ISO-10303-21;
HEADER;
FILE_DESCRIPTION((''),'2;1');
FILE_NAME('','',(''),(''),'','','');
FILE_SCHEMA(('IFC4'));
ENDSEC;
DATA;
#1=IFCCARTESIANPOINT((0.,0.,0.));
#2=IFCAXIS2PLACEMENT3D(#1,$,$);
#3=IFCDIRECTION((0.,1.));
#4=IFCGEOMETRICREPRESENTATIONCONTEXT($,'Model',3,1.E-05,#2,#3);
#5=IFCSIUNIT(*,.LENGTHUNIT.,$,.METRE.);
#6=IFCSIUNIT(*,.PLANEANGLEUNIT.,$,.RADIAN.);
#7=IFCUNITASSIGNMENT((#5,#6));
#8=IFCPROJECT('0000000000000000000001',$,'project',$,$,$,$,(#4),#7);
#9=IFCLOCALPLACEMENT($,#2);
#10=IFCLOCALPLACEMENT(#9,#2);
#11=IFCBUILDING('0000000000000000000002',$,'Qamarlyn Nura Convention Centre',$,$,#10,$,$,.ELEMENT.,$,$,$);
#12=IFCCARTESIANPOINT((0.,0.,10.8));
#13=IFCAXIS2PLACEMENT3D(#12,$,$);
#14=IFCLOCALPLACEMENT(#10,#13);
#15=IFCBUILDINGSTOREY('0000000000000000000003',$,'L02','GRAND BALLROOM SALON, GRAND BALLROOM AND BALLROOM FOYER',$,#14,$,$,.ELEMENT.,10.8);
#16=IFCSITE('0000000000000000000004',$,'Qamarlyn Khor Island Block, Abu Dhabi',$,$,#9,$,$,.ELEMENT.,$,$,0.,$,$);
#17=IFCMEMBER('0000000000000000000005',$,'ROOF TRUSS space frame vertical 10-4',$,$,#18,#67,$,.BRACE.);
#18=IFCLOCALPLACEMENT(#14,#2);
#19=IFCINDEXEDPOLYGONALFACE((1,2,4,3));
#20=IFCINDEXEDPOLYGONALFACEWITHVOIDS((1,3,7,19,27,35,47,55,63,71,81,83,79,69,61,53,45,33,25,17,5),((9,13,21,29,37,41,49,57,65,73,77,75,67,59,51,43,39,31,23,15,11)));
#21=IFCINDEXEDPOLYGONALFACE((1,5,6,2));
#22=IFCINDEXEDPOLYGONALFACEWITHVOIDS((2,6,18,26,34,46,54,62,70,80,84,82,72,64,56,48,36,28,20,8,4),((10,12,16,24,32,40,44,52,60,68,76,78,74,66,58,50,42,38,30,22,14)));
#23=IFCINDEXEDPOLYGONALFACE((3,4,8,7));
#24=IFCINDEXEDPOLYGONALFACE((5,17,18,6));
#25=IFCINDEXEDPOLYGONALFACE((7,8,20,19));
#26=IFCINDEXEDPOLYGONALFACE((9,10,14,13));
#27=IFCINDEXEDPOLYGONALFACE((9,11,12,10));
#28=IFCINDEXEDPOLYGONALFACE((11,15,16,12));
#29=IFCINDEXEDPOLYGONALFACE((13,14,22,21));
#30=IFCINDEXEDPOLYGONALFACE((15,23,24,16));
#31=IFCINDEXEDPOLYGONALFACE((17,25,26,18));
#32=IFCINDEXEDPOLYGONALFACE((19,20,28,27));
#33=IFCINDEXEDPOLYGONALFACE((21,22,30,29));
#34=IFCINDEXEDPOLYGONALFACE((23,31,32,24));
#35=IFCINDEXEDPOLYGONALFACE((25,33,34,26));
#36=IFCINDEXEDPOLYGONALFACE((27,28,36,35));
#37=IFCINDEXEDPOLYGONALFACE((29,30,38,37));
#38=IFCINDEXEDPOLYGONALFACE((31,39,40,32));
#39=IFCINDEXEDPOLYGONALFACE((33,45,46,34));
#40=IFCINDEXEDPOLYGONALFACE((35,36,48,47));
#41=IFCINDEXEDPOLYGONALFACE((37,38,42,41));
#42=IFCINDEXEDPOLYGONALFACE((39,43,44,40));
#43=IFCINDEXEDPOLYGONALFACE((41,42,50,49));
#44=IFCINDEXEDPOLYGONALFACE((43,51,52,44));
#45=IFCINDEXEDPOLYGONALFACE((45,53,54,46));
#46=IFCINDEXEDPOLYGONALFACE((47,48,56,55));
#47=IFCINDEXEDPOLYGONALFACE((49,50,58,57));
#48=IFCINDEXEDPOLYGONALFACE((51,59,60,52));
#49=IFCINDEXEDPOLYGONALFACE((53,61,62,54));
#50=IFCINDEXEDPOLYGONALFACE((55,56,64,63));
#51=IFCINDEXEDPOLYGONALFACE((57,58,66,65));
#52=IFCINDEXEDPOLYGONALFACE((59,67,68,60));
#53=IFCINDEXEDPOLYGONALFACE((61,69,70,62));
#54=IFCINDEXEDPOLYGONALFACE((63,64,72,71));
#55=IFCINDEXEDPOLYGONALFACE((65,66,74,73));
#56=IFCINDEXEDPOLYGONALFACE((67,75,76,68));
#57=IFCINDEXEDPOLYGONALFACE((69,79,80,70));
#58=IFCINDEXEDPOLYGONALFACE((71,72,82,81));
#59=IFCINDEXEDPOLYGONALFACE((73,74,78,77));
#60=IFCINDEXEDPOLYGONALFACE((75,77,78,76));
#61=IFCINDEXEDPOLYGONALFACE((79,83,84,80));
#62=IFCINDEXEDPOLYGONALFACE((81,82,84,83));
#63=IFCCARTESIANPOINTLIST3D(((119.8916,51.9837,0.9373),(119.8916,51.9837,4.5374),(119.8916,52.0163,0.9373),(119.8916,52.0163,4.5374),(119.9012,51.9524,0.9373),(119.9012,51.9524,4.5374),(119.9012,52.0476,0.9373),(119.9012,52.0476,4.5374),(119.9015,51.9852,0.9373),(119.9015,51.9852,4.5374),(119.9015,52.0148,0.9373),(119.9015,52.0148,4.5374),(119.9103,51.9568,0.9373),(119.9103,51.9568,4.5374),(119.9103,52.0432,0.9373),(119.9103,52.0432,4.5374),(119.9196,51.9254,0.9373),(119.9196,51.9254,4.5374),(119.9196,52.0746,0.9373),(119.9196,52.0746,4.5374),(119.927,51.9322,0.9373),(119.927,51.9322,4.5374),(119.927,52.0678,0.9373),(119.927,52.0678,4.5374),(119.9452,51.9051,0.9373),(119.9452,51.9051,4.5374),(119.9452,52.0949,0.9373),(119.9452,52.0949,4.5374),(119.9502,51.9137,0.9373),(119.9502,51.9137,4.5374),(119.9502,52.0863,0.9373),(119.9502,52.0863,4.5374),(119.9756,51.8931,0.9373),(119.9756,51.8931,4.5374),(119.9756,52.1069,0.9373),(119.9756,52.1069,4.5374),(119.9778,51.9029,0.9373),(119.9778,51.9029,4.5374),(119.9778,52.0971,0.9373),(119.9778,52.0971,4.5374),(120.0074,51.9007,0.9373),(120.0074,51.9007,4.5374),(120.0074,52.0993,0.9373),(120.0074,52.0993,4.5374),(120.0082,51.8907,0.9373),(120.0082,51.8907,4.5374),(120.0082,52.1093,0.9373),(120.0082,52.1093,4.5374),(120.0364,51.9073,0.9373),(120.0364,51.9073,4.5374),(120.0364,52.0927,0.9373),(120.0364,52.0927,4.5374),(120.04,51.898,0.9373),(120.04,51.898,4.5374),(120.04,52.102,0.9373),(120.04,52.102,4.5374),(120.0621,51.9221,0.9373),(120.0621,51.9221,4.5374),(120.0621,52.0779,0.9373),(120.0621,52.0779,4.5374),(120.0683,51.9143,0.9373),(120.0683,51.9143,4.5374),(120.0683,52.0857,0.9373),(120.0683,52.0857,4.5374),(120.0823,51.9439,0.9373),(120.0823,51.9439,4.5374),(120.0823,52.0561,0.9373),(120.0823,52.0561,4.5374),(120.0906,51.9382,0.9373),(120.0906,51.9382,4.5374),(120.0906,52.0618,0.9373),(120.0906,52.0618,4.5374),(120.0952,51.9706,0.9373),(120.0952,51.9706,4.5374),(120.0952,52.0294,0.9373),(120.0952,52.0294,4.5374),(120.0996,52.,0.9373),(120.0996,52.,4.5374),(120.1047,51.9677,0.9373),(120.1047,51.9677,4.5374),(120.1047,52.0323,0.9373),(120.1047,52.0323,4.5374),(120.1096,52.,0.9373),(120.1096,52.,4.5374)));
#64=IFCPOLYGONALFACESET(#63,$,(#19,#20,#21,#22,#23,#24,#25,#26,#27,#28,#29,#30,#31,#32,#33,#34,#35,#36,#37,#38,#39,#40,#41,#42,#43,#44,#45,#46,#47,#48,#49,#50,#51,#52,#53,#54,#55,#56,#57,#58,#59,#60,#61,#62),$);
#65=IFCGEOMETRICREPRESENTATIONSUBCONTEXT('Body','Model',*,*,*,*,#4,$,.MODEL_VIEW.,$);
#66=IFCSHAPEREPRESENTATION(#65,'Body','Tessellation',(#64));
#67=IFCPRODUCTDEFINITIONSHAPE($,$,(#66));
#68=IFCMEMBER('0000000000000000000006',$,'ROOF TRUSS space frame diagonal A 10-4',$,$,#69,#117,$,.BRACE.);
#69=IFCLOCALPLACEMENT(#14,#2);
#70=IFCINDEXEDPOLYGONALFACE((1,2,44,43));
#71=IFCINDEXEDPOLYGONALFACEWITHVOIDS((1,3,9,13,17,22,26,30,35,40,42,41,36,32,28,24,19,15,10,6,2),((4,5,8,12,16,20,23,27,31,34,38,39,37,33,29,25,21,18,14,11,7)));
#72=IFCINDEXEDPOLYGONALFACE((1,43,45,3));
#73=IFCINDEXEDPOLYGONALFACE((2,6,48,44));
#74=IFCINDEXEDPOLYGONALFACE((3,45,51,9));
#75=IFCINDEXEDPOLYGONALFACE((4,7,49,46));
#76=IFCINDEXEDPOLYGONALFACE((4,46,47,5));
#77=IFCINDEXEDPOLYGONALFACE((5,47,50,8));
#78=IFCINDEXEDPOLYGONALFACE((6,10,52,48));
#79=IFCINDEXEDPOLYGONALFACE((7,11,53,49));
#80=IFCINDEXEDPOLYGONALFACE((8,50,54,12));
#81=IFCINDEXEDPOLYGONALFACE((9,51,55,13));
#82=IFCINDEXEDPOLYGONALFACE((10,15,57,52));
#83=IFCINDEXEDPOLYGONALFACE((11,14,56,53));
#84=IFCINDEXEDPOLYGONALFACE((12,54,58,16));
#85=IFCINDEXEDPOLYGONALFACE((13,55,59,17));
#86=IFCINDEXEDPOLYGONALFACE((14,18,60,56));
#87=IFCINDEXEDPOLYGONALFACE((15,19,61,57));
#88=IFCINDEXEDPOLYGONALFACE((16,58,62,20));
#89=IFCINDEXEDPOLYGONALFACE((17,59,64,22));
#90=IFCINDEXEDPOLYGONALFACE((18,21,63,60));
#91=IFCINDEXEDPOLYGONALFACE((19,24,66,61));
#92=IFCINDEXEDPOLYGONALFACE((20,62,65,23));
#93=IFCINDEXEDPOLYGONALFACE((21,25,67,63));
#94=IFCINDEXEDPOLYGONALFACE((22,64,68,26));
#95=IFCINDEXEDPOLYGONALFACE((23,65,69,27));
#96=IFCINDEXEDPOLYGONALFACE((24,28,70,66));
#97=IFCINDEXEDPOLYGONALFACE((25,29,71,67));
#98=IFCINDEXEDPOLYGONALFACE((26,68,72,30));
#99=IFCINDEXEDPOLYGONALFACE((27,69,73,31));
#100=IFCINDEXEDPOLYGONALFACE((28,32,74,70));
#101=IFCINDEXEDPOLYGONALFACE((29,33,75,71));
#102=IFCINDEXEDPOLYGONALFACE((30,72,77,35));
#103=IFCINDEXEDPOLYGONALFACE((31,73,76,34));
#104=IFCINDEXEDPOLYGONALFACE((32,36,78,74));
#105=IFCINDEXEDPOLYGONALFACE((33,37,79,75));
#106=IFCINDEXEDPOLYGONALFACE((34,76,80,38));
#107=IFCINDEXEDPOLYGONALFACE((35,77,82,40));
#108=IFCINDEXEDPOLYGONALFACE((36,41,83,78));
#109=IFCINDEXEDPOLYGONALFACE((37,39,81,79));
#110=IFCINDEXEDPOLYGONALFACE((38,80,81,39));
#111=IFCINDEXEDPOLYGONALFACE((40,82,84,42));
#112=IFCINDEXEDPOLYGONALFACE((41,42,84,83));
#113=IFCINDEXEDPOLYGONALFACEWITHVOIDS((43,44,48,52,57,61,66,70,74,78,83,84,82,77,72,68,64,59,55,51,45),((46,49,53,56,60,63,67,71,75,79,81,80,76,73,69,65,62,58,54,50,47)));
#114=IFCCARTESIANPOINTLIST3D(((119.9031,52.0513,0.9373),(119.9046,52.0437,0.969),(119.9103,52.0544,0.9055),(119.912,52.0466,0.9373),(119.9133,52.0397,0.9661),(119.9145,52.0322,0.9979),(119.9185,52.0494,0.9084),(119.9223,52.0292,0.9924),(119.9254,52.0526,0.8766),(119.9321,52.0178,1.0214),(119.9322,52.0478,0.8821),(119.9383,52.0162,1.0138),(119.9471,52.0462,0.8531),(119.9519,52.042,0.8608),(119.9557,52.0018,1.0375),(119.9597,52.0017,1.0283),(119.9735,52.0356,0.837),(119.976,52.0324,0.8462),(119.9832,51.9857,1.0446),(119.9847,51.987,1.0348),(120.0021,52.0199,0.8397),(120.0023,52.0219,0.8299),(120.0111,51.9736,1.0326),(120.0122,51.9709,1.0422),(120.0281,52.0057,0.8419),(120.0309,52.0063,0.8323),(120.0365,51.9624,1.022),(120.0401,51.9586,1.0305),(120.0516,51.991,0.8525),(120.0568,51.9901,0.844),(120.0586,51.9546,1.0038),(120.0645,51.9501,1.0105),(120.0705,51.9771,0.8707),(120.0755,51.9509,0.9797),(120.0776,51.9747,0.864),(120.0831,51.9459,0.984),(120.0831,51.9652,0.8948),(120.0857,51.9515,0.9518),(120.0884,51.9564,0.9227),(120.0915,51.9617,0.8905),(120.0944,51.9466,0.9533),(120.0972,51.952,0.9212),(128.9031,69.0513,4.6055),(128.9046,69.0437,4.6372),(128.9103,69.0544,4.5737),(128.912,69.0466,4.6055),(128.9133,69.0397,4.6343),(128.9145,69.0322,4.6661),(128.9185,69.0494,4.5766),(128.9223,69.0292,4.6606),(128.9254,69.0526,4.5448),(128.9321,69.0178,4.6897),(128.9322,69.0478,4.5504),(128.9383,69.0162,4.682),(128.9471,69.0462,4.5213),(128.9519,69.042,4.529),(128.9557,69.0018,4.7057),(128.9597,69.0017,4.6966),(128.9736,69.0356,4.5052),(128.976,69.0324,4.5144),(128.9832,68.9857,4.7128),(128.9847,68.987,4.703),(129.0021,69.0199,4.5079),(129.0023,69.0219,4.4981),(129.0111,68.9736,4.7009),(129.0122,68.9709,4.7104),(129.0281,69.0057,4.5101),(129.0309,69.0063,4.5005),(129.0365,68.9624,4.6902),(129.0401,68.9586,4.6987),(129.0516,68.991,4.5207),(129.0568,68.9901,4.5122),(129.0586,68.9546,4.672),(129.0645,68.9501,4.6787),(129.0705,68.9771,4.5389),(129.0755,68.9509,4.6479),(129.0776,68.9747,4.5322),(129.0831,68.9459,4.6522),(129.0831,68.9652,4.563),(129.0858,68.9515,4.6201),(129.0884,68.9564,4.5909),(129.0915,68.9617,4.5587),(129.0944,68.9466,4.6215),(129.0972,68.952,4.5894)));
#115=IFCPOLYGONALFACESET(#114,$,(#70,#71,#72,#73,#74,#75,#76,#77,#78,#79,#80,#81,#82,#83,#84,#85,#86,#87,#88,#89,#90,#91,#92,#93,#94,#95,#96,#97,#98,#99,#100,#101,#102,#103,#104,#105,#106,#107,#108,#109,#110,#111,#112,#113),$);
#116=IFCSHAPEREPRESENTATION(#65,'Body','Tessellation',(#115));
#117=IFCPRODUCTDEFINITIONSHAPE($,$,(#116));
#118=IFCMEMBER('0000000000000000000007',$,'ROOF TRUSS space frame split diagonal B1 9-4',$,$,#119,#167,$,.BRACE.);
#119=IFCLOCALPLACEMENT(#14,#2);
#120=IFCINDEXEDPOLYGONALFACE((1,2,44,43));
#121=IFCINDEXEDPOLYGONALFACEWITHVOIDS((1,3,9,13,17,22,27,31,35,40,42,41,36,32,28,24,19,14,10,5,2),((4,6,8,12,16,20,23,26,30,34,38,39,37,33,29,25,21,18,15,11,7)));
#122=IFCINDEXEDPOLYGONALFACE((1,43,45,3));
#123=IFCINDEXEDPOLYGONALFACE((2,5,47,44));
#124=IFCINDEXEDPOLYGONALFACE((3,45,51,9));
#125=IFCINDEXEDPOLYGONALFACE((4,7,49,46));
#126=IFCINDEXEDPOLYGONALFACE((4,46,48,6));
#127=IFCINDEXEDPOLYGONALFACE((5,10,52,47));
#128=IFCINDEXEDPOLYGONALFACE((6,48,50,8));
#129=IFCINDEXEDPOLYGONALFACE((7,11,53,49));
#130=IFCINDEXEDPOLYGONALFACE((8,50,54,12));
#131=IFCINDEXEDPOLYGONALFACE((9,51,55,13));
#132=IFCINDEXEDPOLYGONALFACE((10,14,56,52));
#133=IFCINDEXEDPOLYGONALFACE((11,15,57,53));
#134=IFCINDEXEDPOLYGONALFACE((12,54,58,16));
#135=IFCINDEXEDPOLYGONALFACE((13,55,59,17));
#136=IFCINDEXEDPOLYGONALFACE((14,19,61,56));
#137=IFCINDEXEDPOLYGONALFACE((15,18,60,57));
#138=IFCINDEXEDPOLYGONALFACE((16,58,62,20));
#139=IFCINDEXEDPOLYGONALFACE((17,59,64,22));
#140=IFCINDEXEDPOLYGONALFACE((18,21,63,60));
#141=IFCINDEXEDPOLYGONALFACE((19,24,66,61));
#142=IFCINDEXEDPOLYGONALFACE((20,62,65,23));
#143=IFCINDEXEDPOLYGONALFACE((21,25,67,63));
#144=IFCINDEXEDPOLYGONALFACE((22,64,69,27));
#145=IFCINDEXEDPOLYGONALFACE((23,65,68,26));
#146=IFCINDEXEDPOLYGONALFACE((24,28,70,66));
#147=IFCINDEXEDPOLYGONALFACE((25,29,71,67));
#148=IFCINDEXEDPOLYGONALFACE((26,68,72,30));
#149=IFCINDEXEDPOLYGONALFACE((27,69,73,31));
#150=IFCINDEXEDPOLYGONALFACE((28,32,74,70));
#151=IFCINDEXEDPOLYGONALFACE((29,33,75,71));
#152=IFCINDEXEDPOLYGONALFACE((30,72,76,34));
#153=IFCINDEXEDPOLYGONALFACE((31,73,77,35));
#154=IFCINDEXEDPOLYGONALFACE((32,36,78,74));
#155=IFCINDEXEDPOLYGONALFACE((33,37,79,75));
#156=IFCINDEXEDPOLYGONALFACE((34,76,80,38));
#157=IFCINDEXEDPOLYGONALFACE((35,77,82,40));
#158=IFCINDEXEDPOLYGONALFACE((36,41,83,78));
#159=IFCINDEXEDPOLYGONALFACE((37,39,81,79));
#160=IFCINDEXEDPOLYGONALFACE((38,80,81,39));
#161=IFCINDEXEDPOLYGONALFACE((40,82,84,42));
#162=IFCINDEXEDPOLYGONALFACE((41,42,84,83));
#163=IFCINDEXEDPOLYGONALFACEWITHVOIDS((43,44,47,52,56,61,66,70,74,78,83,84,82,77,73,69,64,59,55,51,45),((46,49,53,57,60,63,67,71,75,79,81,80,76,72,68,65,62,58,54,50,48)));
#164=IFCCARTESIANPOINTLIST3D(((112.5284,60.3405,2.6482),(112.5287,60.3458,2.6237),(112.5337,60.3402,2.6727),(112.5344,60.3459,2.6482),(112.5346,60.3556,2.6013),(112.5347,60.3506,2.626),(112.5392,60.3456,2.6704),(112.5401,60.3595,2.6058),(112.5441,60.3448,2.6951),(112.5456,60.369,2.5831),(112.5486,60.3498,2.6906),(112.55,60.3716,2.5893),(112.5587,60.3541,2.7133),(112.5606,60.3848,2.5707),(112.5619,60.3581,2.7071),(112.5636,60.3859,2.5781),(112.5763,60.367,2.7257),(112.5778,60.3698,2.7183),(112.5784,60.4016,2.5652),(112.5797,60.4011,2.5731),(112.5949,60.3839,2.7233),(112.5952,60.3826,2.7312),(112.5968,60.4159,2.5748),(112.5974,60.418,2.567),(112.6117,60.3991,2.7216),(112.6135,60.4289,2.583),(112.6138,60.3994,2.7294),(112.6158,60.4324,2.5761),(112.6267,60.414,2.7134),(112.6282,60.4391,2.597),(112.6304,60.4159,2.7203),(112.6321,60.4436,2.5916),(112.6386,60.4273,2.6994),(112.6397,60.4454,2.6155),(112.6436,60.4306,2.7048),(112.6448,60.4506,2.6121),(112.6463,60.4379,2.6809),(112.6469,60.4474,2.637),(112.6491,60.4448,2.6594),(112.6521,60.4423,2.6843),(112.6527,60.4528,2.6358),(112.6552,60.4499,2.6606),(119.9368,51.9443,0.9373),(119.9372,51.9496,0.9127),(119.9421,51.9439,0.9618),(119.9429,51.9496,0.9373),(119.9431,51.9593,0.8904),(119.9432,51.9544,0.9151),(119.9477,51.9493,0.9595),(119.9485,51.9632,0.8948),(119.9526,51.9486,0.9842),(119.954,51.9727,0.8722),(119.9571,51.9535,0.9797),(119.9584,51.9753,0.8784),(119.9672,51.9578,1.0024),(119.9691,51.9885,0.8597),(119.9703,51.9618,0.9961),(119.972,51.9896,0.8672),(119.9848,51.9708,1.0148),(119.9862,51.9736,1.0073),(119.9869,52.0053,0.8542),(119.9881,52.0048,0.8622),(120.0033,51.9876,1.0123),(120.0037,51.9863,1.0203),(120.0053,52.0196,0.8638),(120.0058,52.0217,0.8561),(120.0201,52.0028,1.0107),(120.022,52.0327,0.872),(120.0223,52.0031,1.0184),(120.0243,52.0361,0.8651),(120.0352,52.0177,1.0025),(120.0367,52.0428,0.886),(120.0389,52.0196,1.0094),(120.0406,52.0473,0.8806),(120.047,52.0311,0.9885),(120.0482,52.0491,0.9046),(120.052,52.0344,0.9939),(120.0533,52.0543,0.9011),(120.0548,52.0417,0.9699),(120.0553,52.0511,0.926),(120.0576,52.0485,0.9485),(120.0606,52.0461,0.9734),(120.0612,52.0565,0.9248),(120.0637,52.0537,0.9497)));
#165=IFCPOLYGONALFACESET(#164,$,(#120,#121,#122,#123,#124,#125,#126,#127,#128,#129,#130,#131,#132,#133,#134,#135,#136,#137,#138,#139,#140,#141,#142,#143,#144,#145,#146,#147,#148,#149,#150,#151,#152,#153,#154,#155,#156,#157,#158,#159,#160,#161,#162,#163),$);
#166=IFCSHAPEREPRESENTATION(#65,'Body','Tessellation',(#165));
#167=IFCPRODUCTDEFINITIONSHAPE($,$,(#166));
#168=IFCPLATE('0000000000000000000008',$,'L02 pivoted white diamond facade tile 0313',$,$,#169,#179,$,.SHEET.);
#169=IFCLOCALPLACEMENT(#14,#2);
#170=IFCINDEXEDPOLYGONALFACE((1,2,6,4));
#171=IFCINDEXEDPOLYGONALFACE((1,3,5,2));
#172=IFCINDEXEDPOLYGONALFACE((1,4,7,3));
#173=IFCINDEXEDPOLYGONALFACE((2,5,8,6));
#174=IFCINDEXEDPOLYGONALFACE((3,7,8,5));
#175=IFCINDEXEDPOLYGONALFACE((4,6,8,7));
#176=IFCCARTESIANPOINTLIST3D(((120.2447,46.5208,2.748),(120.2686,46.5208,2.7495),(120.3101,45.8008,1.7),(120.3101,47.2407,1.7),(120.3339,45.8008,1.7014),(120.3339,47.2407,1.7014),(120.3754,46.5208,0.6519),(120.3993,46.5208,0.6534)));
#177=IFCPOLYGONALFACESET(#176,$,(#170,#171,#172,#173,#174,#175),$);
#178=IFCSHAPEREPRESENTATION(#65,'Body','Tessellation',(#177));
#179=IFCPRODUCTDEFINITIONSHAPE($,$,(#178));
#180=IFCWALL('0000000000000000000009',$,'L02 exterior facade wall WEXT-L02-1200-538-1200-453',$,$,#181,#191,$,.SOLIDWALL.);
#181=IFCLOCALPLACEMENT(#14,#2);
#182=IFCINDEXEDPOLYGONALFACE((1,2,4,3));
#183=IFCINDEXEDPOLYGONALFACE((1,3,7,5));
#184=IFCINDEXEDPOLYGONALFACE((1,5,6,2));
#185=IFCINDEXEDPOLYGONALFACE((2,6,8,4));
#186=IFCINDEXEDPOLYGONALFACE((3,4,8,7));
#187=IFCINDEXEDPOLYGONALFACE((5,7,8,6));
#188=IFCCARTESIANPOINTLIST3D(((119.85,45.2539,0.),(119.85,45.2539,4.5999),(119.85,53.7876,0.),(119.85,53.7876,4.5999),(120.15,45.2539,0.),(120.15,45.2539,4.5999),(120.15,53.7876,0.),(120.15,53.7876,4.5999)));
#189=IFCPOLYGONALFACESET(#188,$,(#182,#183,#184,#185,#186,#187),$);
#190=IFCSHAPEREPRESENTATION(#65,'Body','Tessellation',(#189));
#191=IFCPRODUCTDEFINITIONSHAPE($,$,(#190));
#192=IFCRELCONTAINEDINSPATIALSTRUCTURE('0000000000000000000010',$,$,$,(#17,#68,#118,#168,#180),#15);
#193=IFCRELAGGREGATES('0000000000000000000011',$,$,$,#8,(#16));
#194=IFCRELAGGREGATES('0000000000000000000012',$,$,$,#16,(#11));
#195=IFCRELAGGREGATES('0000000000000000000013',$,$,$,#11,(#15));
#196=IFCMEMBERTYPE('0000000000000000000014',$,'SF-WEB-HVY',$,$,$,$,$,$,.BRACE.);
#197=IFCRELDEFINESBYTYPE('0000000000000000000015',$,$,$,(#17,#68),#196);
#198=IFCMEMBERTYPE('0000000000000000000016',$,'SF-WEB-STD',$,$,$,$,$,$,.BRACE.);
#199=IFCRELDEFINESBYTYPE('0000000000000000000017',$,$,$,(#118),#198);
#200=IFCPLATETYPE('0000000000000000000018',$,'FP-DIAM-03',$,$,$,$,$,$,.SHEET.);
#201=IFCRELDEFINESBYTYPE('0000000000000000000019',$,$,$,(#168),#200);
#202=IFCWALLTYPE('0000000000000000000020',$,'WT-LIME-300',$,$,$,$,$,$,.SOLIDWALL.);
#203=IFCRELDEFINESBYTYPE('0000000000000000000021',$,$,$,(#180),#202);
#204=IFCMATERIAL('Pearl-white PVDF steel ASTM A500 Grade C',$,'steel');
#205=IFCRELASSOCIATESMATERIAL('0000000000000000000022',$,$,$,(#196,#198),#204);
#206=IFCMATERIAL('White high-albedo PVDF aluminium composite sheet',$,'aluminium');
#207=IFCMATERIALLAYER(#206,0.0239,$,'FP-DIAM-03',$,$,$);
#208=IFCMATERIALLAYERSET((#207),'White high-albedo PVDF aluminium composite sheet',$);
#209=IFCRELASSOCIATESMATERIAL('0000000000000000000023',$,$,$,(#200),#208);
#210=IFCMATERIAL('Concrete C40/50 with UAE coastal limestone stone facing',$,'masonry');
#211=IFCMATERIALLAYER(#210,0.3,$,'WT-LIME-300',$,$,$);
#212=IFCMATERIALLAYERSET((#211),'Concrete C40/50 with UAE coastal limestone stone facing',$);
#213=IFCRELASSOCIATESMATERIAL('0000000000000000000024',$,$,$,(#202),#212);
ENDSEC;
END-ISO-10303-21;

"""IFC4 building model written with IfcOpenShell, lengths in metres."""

from ifc_helpers import new_model, si_unit, direction, frame, frame_2d, origin, origin_2d, place, context, subcontext, project, spatial, polyline, rectangle, hollow_circle, outline, extrude, material, layer, layer_set, material_profile, profile_set, type_object, element, save


model = new_model("IFC4")

# Units and contexts
model_context = context("Model", 3, precision=1e-05, world=origin(), true_north=direction((0.0, 1.0)))
body_context = subcontext(model_context, "Body", "Model", "MODEL_VIEW")
ifc_project = project(units=[si_unit("LENGTHUNIT", "METRE"), si_unit("PLANEANGLEUNIT", "RADIAN")], contexts=[model_context])

# Site, building, storey
site_placement = place(None, origin())
site = spatial("IfcSite", under=ifc_project, at=site_placement, Name="Qamarlyn Khor Island Block, Abu Dhabi", CompositionType="ELEMENT", RefElevation=0.0)
building_placement = place(site_placement, origin())
building = spatial("IfcBuilding", under=site, at=building_placement, Name="Qamarlyn Nura Convention Centre", CompositionType="ELEMENT")
storey_placement = place(building_placement, frame((0.0, 0.0, 10.8)))
storey = spatial("IfcBuildingStorey", under=building, at=storey_placement, Name="L02", Description="GRAND BALLROOM SALON, GRAND BALLROOM AND BALLROOM FOYER", CompositionType="ELEMENT", Elevation=10.8)

# Members
ifc_material_1 = material(Name="Pearl-white PVDF steel ASTM A500 Grade C", Category="steel")
ifc_material_profile_1 = material_profile(ifc_material_1, hollow_circle(Radius=0.1096, WallThickness=0.01, at=origin_2d()), Name="CHS219.1X10")
ifc_profile_set_1 = profile_set([ifc_material_profile_1], Name="Pearl-white PVDF steel ASTM A500 Grade C")
member_type_1 = type_object("IfcMemberType", Name="SF-WEB-HVY", PredefinedType="BRACE", material=ifc_profile_set_1)
member_1_placement = place(storey_placement, frame((120.0, 52.0, 0.9373), z_axis=(0.0, 0.0, 1.0), x_axis=(1.0, 0.0, 0.0)))
element("IfcMember", 1, at=member_1_placement, inside=storey, type_object=member_type_1, Name="ROOF TRUSS space frame vertical 10-4", PredefinedType="BRACE", context=body_context, shape_type="SweptSolid", body=[
    extrude(hollow_circle(Radius=0.1096, WallThickness=0.01, at=origin_2d()), origin(), (0.0, 0.0, 1.0), 3.6001),
])
member_2_placement = place(storey_placement, frame((120.0, 52.0, 0.9373), z_axis=(0.459605, 0.868143, 0.187325), x_axis=(-0.883788, 0.467888, 0.0)))
element("IfcMember", 2, at=member_2_placement, inside=storey, type_object=member_type_1, Name="ROOF TRUSS space frame diagonal A 10-4", PredefinedType="BRACE", context=body_context, shape_type="SweptSolid", body=[
    extrude(hollow_circle(Radius=0.1096, WallThickness=0.01, at=origin_2d()), origin(), (0.0, 0.0, 1.0), 19.582),
])
ifc_material_profile_2 = material_profile(ifc_material_1, hollow_circle(Radius=0.0842, WallThickness=0.0081, at=origin_2d()), Name="CHS168.3X8")
ifc_profile_set_2 = profile_set([ifc_material_profile_2], Name="Pearl-white PVDF steel ASTM A500 Grade C")
member_type_2 = type_object("IfcMemberType", Name="SF-WEB-STD", PredefinedType="BRACE", material=ifc_profile_set_2)
member_3_placement = place(storey_placement, frame((120.0, 52.0, 0.9373), z_axis=(-0.654031, 0.741235, 0.151045), x_axis=(-0.749838, -0.661622, 0.0)))
element("IfcMember", 3, at=member_3_placement, inside=storey, type_object=member_type_2, Name="ROOF TRUSS space frame split diagonal B1 9-4", PredefinedType="BRACE", context=body_context, shape_type="SweptSolid", body=[
    extrude(hollow_circle(Radius=0.0842, WallThickness=0.0081, at=origin_2d()), origin(), (0.0, 0.0, 1.0), 11.3274),
])

# Plate
ifc_material_2 = material(Name="White high-albedo PVDF aluminium composite sheet", Category="aluminium")
ifc_layer_1 = layer(ifc_material_2, 0.0239, Name="FP-DIAM-03")
ifc_layer_set_1 = layer_set([ifc_layer_1], Name="White high-albedo PVDF aluminium composite sheet")
plate_type = type_object("IfcPlateType", Name="FP-DIAM-03", PredefinedType="SHEET", material=ifc_layer_set_1)
plate_placement = place(storey_placement, frame((120.3101, 46.5208, 1.7), z_axis=(0.998059, 0.0, 0.062268), x_axis=(0.0, 1.0, 0.0)))
element("IfcPlate", 4, at=plate_placement, inside=storey, type_object=plate_type, Name="L02 pivoted white diamond facade tile 0313", PredefinedType="SHEET", context=body_context, shape_type="SweptSolid", body=[
    extrude(outline(polyline([(-0.72, 0.0), (0.0, -1.05), (0.72, 0.0), (0.0, 1.05), (-0.72, 0.0)])), origin(), (0.0, 0.0, 1.0), 0.0239),
])

# Wall
ifc_material_3 = material(Name="Concrete C40/50 with UAE coastal limestone stone facing", Category="masonry")
ifc_layer_2 = layer(ifc_material_3, 0.3, Name="WT-LIME-300")
ifc_layer_set_2 = layer_set([ifc_layer_2], Name="Concrete C40/50 with UAE coastal limestone stone facing")
wall_type = type_object("IfcWallType", Name="WT-LIME-300", PredefinedType="SOLIDWALL", material=ifc_layer_set_2)
wall_placement = place(storey_placement, frame((120.0, 53.7876, 0.0), z_axis=(0.0, 0.0, 1.0), x_axis=(0.0, -1.0, 0.0)))
element("IfcWall", 5, at=wall_placement, inside=storey, type_object=wall_type, Name="L02 exterior facade wall WEXT-L02-1200-538-1200-453", PredefinedType="SOLIDWALL", context=body_context, shape_type="SweptSolid", body=[
    extrude(rectangle(XDim=8.5337, YDim=0.3, at=frame_2d((4.2668, 0.0))), origin(), (0.0, 0.0, 1.0), 4.5999),
])

save(model, "model.ifc")
